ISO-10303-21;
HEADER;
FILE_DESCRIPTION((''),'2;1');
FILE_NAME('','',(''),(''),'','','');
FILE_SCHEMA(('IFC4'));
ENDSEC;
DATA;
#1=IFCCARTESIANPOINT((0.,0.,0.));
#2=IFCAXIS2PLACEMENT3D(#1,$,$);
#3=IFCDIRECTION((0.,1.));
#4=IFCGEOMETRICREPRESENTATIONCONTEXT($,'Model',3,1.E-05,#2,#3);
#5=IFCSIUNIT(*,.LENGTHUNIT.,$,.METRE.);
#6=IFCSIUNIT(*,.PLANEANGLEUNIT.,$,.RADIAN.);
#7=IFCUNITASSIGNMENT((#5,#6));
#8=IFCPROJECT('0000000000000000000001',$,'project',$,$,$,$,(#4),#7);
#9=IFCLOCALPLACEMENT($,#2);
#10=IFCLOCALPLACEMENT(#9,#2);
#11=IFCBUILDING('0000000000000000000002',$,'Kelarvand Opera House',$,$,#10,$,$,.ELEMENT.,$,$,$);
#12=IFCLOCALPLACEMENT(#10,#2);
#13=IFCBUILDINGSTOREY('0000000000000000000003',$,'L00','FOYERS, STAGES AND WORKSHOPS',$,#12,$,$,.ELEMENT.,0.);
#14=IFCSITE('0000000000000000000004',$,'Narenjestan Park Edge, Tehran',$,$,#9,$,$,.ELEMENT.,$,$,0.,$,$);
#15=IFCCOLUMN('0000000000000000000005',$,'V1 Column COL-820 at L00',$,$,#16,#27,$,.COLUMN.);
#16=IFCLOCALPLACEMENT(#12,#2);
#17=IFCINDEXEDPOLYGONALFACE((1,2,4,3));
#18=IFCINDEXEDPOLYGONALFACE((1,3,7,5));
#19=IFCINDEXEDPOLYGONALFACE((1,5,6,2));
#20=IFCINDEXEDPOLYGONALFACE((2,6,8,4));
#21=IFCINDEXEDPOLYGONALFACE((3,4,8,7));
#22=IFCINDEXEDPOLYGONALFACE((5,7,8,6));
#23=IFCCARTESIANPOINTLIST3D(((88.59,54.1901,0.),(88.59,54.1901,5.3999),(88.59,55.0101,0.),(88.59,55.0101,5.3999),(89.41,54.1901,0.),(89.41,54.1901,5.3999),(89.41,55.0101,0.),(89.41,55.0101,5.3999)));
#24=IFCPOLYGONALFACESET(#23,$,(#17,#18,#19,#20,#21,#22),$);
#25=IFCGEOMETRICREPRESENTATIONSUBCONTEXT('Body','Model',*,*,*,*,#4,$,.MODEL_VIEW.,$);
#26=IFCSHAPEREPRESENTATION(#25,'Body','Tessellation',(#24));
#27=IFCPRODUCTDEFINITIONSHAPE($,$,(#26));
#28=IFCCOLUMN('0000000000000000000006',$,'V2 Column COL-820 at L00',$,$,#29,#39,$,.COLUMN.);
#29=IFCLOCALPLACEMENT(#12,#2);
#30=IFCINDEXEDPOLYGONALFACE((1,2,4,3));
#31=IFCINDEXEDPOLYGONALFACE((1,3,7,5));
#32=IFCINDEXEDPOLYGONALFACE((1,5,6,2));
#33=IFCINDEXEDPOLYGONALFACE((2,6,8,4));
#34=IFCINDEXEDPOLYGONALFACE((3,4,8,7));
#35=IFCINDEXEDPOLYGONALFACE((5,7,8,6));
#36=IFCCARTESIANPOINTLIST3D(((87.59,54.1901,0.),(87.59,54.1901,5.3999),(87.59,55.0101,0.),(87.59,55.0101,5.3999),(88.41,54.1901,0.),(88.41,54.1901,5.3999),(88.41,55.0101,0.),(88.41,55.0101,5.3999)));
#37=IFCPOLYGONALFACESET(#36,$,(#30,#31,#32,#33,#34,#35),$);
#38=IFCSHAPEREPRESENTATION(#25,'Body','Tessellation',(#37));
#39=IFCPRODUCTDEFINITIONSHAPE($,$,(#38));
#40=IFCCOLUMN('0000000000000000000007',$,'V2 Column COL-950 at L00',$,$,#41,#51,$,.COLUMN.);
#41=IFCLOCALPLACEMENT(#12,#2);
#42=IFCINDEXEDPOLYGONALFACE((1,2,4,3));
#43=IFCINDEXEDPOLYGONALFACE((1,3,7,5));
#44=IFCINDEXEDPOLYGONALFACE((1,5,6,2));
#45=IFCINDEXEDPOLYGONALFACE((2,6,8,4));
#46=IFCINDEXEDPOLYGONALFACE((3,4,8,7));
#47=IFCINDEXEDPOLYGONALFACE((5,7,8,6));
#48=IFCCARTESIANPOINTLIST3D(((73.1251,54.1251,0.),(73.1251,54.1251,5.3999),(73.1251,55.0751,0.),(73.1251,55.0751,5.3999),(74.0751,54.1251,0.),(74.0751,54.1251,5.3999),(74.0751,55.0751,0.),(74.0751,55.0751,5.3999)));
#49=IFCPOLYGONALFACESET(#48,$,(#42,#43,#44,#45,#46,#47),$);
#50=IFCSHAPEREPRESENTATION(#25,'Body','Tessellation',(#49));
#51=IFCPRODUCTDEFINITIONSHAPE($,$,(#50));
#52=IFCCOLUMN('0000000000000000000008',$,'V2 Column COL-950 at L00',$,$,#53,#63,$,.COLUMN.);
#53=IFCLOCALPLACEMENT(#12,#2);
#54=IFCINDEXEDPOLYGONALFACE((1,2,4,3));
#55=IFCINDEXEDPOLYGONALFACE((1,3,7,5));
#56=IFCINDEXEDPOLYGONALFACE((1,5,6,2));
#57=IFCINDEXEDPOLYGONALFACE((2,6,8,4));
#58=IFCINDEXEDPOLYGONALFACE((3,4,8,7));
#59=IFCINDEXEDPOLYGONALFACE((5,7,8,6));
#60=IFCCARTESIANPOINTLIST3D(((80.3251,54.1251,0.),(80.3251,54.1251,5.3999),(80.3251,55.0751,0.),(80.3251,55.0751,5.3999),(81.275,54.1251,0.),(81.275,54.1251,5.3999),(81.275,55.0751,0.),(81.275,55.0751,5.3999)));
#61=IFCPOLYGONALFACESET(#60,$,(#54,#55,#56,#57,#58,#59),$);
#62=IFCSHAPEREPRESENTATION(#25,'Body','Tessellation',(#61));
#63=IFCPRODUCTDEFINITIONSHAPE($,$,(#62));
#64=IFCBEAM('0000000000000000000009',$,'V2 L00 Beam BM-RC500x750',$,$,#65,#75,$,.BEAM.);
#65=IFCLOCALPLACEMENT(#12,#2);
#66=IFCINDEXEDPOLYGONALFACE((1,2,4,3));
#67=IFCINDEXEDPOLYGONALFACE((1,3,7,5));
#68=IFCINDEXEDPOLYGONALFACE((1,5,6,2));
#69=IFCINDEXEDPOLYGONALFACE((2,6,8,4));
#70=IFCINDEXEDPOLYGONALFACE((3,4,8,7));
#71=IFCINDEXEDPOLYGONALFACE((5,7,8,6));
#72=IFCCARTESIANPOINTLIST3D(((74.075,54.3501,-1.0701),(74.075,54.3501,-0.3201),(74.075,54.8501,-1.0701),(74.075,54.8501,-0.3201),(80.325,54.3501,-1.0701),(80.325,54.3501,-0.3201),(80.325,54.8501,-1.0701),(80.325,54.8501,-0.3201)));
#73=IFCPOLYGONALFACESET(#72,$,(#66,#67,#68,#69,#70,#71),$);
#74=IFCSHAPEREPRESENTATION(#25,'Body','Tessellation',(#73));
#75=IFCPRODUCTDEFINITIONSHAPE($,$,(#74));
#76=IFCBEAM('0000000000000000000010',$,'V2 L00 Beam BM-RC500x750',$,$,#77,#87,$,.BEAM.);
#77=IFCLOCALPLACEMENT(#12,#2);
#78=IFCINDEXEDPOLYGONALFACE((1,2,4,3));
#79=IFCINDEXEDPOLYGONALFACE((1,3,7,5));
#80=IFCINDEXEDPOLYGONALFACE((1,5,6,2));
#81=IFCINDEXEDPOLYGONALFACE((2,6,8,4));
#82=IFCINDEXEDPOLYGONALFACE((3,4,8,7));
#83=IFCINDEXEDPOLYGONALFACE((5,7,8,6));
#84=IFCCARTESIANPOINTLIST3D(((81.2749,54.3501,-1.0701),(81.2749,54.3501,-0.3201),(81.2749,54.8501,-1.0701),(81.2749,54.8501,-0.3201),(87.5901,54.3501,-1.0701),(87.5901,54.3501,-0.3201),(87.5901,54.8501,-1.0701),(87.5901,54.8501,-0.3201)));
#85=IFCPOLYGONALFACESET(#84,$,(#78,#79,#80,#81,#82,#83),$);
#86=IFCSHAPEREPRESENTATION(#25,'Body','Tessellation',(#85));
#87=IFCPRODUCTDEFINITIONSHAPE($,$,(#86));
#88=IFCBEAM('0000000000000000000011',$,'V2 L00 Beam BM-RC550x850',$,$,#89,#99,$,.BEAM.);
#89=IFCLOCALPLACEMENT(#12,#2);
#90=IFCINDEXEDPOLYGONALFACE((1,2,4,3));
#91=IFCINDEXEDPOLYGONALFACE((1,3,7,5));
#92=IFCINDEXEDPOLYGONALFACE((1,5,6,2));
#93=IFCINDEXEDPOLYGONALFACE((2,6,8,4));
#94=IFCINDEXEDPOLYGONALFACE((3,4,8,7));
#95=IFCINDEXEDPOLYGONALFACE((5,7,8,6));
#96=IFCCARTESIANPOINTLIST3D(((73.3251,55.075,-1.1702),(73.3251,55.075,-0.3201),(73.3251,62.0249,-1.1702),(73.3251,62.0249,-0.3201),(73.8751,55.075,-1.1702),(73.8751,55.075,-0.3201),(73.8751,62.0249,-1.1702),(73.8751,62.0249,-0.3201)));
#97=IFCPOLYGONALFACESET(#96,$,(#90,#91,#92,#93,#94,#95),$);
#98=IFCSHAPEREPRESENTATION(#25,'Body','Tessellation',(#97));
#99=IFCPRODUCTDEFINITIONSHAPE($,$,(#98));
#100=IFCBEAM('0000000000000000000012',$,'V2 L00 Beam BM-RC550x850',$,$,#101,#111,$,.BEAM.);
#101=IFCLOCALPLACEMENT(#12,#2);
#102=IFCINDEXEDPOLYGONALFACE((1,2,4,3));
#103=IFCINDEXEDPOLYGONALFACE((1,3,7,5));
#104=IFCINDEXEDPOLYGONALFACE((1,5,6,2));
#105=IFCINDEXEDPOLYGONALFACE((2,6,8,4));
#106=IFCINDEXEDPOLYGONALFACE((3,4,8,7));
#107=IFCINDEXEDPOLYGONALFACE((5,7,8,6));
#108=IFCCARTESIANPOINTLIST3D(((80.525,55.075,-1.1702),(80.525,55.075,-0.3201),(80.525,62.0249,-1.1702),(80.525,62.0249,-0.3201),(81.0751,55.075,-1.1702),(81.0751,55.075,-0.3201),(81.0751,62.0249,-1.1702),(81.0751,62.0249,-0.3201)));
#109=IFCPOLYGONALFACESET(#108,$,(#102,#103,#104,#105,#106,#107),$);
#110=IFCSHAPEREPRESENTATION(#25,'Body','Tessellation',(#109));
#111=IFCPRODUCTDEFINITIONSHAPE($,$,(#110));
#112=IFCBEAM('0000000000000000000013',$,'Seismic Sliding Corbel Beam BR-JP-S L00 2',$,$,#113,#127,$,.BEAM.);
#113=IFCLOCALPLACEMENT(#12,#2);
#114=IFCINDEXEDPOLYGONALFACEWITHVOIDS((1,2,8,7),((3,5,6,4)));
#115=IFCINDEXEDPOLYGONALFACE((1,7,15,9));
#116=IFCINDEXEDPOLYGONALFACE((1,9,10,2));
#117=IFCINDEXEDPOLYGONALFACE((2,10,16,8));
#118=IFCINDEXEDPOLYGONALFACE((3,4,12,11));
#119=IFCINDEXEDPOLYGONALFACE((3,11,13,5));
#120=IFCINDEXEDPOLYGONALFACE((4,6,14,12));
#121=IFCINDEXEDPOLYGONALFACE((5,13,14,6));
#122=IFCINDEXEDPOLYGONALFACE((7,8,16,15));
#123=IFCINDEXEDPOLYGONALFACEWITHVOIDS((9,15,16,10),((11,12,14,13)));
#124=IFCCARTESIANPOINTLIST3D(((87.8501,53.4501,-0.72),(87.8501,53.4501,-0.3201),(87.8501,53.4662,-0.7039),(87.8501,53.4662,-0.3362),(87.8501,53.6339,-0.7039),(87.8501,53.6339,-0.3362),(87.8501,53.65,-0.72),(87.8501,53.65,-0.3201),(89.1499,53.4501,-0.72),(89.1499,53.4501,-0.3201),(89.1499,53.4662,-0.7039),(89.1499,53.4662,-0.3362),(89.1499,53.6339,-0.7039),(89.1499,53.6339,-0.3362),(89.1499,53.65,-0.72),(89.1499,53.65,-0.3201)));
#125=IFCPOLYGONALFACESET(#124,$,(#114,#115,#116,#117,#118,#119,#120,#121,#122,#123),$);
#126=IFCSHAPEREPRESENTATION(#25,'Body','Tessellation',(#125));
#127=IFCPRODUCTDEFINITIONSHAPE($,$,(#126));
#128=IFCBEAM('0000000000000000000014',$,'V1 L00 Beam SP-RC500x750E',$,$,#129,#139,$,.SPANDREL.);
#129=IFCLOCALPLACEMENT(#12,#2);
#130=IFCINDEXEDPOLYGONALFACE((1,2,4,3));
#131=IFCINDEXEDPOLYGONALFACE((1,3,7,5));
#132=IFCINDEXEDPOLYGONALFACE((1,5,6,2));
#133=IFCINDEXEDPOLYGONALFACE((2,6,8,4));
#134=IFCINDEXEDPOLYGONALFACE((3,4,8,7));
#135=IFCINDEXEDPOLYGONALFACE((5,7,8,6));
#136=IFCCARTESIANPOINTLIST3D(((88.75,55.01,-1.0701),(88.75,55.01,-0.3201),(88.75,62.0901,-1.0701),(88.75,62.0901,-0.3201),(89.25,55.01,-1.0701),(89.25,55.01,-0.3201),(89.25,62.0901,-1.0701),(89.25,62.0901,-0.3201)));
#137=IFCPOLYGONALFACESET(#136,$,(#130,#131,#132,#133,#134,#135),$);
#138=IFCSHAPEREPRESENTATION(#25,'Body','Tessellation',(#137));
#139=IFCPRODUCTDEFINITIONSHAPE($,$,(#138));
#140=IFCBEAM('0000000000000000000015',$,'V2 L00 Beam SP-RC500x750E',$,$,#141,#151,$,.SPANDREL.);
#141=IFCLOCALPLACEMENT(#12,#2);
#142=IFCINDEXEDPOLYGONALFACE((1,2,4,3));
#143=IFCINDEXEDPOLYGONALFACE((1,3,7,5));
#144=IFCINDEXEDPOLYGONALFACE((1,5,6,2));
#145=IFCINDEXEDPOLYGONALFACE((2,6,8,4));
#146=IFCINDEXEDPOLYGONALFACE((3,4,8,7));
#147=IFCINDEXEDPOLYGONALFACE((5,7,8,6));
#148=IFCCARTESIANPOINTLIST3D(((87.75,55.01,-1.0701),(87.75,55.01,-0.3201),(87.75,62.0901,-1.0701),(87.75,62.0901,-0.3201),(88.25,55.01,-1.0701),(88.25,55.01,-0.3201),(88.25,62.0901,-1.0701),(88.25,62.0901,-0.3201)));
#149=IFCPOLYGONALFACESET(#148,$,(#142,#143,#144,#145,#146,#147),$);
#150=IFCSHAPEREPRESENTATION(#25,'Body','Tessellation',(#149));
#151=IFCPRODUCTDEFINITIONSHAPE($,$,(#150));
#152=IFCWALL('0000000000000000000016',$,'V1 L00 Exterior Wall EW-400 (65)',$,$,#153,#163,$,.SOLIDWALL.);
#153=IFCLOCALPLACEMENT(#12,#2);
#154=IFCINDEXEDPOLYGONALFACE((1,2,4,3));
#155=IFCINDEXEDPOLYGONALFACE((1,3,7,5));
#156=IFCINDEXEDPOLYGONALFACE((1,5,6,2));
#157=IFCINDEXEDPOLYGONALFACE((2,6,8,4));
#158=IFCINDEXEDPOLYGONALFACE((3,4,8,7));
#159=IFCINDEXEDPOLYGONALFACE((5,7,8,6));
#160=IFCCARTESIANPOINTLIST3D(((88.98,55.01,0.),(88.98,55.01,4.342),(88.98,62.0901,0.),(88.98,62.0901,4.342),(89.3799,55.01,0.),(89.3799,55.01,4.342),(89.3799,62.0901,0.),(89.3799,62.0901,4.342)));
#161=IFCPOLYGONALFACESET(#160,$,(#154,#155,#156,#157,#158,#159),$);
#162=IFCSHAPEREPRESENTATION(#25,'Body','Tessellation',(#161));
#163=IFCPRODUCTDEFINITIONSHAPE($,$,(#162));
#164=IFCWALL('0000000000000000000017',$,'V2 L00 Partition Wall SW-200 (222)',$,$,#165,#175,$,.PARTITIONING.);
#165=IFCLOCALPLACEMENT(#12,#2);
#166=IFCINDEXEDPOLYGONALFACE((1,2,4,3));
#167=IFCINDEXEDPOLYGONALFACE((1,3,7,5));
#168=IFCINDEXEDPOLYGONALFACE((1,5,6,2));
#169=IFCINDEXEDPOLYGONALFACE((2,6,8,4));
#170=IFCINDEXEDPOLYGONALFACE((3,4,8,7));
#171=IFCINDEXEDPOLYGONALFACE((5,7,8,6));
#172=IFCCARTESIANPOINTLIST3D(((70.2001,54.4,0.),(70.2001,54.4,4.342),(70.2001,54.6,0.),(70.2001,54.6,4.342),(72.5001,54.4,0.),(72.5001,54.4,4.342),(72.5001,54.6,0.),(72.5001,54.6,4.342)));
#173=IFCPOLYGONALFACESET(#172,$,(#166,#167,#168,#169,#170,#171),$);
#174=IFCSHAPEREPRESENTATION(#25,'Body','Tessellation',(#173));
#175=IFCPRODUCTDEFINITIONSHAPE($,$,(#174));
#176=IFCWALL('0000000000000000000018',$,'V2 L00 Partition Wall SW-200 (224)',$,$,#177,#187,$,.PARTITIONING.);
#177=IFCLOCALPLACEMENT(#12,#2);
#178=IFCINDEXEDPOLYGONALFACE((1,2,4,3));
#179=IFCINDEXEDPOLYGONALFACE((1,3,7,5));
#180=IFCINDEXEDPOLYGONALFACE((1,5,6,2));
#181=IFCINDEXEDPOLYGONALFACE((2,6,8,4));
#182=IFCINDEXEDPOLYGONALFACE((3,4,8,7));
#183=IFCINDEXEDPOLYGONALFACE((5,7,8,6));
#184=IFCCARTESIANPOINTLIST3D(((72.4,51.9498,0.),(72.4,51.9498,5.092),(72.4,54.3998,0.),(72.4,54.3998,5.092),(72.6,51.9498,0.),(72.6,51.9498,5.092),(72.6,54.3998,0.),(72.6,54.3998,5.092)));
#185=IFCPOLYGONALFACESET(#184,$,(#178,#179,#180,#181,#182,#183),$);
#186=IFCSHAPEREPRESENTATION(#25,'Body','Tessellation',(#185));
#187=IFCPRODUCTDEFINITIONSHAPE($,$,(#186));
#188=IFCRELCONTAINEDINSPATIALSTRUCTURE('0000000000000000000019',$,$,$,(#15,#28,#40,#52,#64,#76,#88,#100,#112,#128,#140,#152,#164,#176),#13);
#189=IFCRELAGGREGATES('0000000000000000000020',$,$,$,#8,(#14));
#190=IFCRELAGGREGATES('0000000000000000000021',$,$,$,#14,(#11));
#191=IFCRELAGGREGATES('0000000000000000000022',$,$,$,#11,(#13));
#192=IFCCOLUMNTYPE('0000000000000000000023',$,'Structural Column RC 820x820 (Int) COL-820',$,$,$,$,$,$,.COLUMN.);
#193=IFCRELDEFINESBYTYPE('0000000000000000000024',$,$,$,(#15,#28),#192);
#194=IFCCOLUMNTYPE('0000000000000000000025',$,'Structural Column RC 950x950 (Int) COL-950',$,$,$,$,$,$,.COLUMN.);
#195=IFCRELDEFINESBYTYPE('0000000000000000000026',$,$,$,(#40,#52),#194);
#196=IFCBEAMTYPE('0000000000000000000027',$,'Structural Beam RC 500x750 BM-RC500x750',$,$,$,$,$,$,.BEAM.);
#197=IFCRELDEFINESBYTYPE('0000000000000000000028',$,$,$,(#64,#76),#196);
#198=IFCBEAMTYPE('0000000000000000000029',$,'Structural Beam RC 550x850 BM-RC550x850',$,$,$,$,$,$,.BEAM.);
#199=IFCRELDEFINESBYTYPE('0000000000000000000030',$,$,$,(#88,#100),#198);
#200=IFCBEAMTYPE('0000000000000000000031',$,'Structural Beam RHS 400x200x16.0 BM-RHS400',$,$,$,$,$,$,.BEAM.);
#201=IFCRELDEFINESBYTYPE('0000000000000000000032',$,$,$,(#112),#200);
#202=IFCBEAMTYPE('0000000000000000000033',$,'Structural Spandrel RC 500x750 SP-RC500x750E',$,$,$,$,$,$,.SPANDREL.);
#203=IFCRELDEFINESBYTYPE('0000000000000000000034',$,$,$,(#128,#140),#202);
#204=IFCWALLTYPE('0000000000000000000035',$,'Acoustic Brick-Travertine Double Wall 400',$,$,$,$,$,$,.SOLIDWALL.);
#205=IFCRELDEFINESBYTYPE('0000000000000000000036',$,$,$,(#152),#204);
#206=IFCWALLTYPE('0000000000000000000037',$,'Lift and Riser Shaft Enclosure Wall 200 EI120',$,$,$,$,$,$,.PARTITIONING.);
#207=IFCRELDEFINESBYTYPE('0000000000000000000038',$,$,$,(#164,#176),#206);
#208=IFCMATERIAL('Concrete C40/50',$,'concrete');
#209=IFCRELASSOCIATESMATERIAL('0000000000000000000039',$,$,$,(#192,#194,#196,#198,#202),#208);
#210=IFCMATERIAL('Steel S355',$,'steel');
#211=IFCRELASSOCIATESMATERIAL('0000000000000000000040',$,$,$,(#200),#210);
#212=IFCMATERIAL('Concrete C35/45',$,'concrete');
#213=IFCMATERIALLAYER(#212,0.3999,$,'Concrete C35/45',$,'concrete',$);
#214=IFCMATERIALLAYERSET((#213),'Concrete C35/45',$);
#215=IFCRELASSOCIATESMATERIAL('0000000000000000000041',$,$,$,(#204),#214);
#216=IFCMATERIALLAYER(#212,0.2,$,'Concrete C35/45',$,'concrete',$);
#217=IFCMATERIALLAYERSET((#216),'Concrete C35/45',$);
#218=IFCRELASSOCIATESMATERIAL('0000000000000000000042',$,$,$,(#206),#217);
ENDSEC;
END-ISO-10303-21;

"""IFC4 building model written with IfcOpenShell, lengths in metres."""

from ifc_helpers import new_model, si_unit, direction, frame, frame_2d, origin, origin_2d, place, context, subcontext, project, spatial, rectangle, hollow_rectangle, extrude, material, layer, layer_set, material_profile, profile_set, type_object, element, save


model = new_model("IFC4")

# Units and contexts
model_context = context("Model", 3, precision=1e-05, world=origin(), true_north=direction((0.0, 1.0)))
body_context = subcontext(model_context, "Body", "Model", "MODEL_VIEW")
ifc_project = project(units=[si_unit("LENGTHUNIT", "METRE"), si_unit("PLANEANGLEUNIT", "RADIAN")], contexts=[model_context])

# Site, building, storey
site_placement = place(None, origin())
site = spatial("IfcSite", under=ifc_project, at=site_placement, Name="Narenjestan Park Edge, Tehran", CompositionType="ELEMENT", RefElevation=0.0)
building_placement = place(site_placement, origin())
building = spatial("IfcBuilding", under=site, at=building_placement, Name="Kelarvand Opera House", CompositionType="ELEMENT")
storey_placement = place(building_placement, origin())
storey = spatial("IfcBuildingStorey", under=building, at=storey_placement, Name="L00", Description="FOYERS, STAGES AND WORKSHOPS", CompositionType="ELEMENT", Elevation=0.0)

# Columns
ifc_material_1 = material(Name="Concrete C40/50", Category="concrete")
ifc_material_profile_1 = material_profile(ifc_material_1, rectangle(XDim=0.8201, YDim=0.8201, at=origin_2d()), Name="RC 820x820", Category="concrete")
ifc_profile_set_1 = profile_set([ifc_material_profile_1], Name="Concrete C40/50")
column_type_1 = type_object("IfcColumnType", Name="Structural Column RC 820x820 (Int) COL-820", PredefinedType="COLUMN", material=ifc_profile_set_1)
for number, where, z_axis, x_axis, name in (
    (1, (89.0, 54.6001, 0.0), (0.0, 0.0, 1.0), (1.0, 0.0, 0.0), "V1 Column COL-820 at L00"),
    (2, (88.0, 54.6001, 0.0), (0.0, 0.0, 1.0), (1.0, 0.0, 0.0), "V2 Column COL-820 at L00"),
):
    element("IfcColumn", number, at=place(storey_placement, frame(where, z_axis=z_axis, x_axis=x_axis)), inside=storey, type_object=column_type_1, Name=name, PredefinedType="COLUMN", context=body_context, shape_type="SweptSolid", body=[
        extrude(rectangle(XDim=0.8201, YDim=0.8201, at=origin_2d()), origin(), (0.0, 0.0, 1.0), 5.3999),
    ])
ifc_material_profile_2 = material_profile(ifc_material_1, rectangle(XDim=0.95, YDim=0.95, at=origin_2d()), Name="RC 950x950", Category="concrete")
ifc_profile_set_2 = profile_set([ifc_material_profile_2], Name="Concrete C40/50")
column_type_2 = type_object("IfcColumnType", Name="Structural Column RC 950x950 (Int) COL-950", PredefinedType="COLUMN", material=ifc_profile_set_2)
for number, where, z_axis, x_axis, name in (
    (3, (73.6001, 54.6001, 0.0), (0.0, 0.0, 1.0), (1.0, 0.0, 0.0), "V2 Column COL-950 at L00"),
    (4, (80.8, 54.6001, 0.0), (0.0, 0.0, 1.0), (1.0, 0.0, 0.0), "V2 Column COL-950 at L00"),
):
    element("IfcColumn", number, at=place(storey_placement, frame(where, z_axis=z_axis, x_axis=x_axis)), inside=storey, type_object=column_type_2, Name=name, PredefinedType="COLUMN", context=body_context, shape_type="SweptSolid", body=[
        extrude(rectangle(XDim=0.95, YDim=0.95, at=origin_2d()), origin(), (0.0, 0.0, 1.0), 5.3999),
    ])

# Beams
ifc_material_profile_3 = material_profile(ifc_material_1, rectangle(XDim=0.5, YDim=0.75, at=origin_2d()), Name="RC 500x750", Category="concrete")
ifc_profile_set_3 = profile_set([ifc_material_profile_3], Name="Concrete C40/50")
beam_type_1 = type_object("IfcBeamType", Name="Structural Beam RC 500x750 BM-RC500x750", PredefinedType="BEAM", material=ifc_profile_set_3)
beam_1_placement = place(storey_placement, frame((74.075, 54.6001, -0.6951), z_axis=(1.0, 0.0, 0.0), x_axis=(0.0, 1.0, 0.0)))
element("IfcBeam", 5, at=beam_1_placement, inside=storey, type_object=beam_type_1, Name="V2 L00 Beam BM-RC500x750", PredefinedType="BEAM", context=body_context, shape_type="SweptSolid", body=[
    extrude(rectangle(XDim=0.5, YDim=0.75, at=origin_2d()), origin(), (0.0, 0.0, 1.0), 6.25),
])
beam_2_placement = place(storey_placement, frame((81.2749, 54.6001, -0.6951), z_axis=(1.0, 0.0, 0.0), x_axis=(0.0, 1.0, 0.0)))
element("IfcBeam", 6, at=beam_2_placement, inside=storey, type_object=beam_type_1, Name="V2 L00 Beam BM-RC500x750", PredefinedType="BEAM", context=body_context, shape_type="SweptSolid", body=[
    extrude(rectangle(XDim=0.5, YDim=0.75, at=origin_2d()), origin(), (0.0, 0.0, 1.0), 6.3152),
])
ifc_material_profile_4 = material_profile(ifc_material_1, rectangle(XDim=0.55, YDim=0.8501, at=origin_2d()), Name="RC 550x850", Category="concrete")
ifc_profile_set_4 = profile_set([ifc_material_profile_4], Name="Concrete C40/50")
beam_type_2 = type_object("IfcBeamType", Name="Structural Beam RC 550x850 BM-RC550x850", PredefinedType="BEAM", material=ifc_profile_set_4)
for number, where, z_axis, x_axis, name in (
    (7, (73.6001, 55.075, -0.7451), (0.0, 1.0, 0.0), (-1.0, 0.0, 0.0), "V2 L00 Beam BM-RC550x850"),
    (8, (80.8, 55.075, -0.7451), (0.0, 1.0, 0.0), (-1.0, 0.0, 0.0), "V2 L00 Beam BM-RC550x850"),
):
    element("IfcBeam", number, at=place(storey_placement, frame(where, z_axis=z_axis, x_axis=x_axis)), inside=storey, type_object=beam_type_2, Name=name, PredefinedType="BEAM", context=body_context, shape_type="SweptSolid", body=[
        extrude(rectangle(XDim=0.55, YDim=0.8501, at=origin_2d()), origin(), (0.0, 0.0, 1.0), 6.95),
    ])
ifc_material_2 = material(Name="Steel S355", Category="steel")
ifc_material_profile_5 = material_profile(ifc_material_2, hollow_rectangle(XDim=0.2, YDim=0.3999, WallThickness=0.0161, at=origin_2d()), Name="RHS 400x200x16.0", Category="steel")
ifc_profile_set_5 = profile_set([ifc_material_profile_5], Name="Steel S355")
beam_type_3 = type_object("IfcBeamType", Name="Structural Beam RHS 400x200x16.0 BM-RHS400", PredefinedType="BEAM", material=ifc_profile_set_5)
beam_3_placement = place(storey_placement, frame((87.8501, 53.55, -0.52), z_axis=(1.0, 0.0, 0.0), x_axis=(0.0, 1.0, 0.0)))
element("IfcBeam", 9, at=beam_3_placement, inside=storey, type_object=beam_type_3, Name="Seismic Sliding Corbel Beam BR-JP-S L00 2", PredefinedType="BEAM", context=body_context, shape_type="SweptSolid", body=[
    extrude(hollow_rectangle(XDim=0.2, YDim=0.3999, WallThickness=0.0161, at=origin_2d()), origin(), (0.0, 0.0, 1.0), 1.2998),
])
ifc_material_profile_6 = material_profile(ifc_material_1, rectangle(XDim=0.5, YDim=0.75, at=origin_2d()), Name="RC 500x750", Category="concrete")
ifc_profile_set_6 = profile_set([ifc_material_profile_6], Name="Concrete C40/50")
beam_type_4 = type_object("IfcBeamType", Name="Structural Spandrel RC 500x750 SP-RC500x750E", PredefinedType="SPANDREL", material=ifc_profile_set_6)
for number, where, z_axis, x_axis, name in (
    (10, (89.0, 55.01, -0.6951), (0.0, 1.0, 0.0), (-1.0, 0.0, 0.0), "V1 L00 Beam SP-RC500x750E"),
    (11, (88.0, 55.01, -0.6951), (0.0, 1.0, 0.0), (-1.0, 0.0, 0.0), "V2 L00 Beam SP-RC500x750E"),
):
    element("IfcBeam", number, at=place(storey_placement, frame(where, z_axis=z_axis, x_axis=x_axis)), inside=storey, type_object=beam_type_4, Name=name, PredefinedType="SPANDREL", context=body_context, shape_type="SweptSolid", body=[
        extrude(rectangle(XDim=0.5, YDim=0.75, at=origin_2d()), origin(), (0.0, 0.0, 1.0), 7.0801),
    ])

# Walls
ifc_material_3 = material(Name="Concrete C35/45", Category="concrete")
ifc_layer_1 = layer(ifc_material_3, 0.3999, Name="Concrete C35/45", Category="concrete")
ifc_layer_set_1 = layer_set([ifc_layer_1], Name="Concrete C35/45")
wall_type_1 = type_object("IfcWallType", Name="Acoustic Brick-Travertine Double Wall 400", PredefinedType="SOLIDWALL", material=ifc_layer_set_1)
wall_1_placement = place(storey_placement, frame((89.1799, 55.01, 0.0), z_axis=(0.0, 0.0, 1.0), x_axis=(0.0, 1.0, 0.0)))
element("IfcWall", 12, at=wall_1_placement, inside=storey, type_object=wall_type_1, Name="V1 L00 Exterior Wall EW-400 (65)", PredefinedType="SOLIDWALL", context=body_context, shape_type="SweptSolid", body=[
    extrude(rectangle(XDim=7.0801, YDim=0.3999, at=frame_2d((3.54, 0.0))), origin(), (0.0, 0.0, 1.0), 4.342),
])
ifc_layer_2 = layer(ifc_material_3, 0.2, Name="Concrete C35/45", Category="concrete")
ifc_layer_set_2 = layer_set([ifc_layer_2], Name="Concrete C35/45")
wall_type_2 = type_object("IfcWallType", Name="Lift and Riser Shaft Enclosure Wall 200 EI120", PredefinedType="PARTITIONING", material=ifc_layer_set_2)
wall_2_placement = place(storey_placement, frame((72.5, 54.5, 0.0), z_axis=(0.0, 0.0, 1.0), x_axis=(-1.0, 0.0, 0.0)))
element("IfcWall", 13, at=wall_2_placement, inside=storey, type_object=wall_type_2, Name="V2 L00 Partition Wall SW-200 (222)", PredefinedType="PARTITIONING", context=body_context, shape_type="SweptSolid", body=[
    extrude(rectangle(XDim=2.3, YDim=0.2, at=frame_2d((1.1499, 0.0))), origin(), (0.0, 0.0, 1.0), 4.342),
])
wall_3_placement = place(storey_placement, frame((72.5, 54.3999, 0.0), z_axis=(0.0, 0.0, 1.0), x_axis=(0.0, -1.0, 0.0)))
element("IfcWall", 14, at=wall_3_placement, inside=storey, type_object=wall_type_2, Name="V2 L00 Partition Wall SW-200 (224)", PredefinedType="PARTITIONING", context=body_context, shape_type="SweptSolid", body=[
    extrude(rectangle(XDim=2.45, YDim=0.2, at=frame_2d((1.2251, 0.0))), origin(), (0.0, 0.0, 1.0), 5.092),
])

save(model, "model.ifc")
